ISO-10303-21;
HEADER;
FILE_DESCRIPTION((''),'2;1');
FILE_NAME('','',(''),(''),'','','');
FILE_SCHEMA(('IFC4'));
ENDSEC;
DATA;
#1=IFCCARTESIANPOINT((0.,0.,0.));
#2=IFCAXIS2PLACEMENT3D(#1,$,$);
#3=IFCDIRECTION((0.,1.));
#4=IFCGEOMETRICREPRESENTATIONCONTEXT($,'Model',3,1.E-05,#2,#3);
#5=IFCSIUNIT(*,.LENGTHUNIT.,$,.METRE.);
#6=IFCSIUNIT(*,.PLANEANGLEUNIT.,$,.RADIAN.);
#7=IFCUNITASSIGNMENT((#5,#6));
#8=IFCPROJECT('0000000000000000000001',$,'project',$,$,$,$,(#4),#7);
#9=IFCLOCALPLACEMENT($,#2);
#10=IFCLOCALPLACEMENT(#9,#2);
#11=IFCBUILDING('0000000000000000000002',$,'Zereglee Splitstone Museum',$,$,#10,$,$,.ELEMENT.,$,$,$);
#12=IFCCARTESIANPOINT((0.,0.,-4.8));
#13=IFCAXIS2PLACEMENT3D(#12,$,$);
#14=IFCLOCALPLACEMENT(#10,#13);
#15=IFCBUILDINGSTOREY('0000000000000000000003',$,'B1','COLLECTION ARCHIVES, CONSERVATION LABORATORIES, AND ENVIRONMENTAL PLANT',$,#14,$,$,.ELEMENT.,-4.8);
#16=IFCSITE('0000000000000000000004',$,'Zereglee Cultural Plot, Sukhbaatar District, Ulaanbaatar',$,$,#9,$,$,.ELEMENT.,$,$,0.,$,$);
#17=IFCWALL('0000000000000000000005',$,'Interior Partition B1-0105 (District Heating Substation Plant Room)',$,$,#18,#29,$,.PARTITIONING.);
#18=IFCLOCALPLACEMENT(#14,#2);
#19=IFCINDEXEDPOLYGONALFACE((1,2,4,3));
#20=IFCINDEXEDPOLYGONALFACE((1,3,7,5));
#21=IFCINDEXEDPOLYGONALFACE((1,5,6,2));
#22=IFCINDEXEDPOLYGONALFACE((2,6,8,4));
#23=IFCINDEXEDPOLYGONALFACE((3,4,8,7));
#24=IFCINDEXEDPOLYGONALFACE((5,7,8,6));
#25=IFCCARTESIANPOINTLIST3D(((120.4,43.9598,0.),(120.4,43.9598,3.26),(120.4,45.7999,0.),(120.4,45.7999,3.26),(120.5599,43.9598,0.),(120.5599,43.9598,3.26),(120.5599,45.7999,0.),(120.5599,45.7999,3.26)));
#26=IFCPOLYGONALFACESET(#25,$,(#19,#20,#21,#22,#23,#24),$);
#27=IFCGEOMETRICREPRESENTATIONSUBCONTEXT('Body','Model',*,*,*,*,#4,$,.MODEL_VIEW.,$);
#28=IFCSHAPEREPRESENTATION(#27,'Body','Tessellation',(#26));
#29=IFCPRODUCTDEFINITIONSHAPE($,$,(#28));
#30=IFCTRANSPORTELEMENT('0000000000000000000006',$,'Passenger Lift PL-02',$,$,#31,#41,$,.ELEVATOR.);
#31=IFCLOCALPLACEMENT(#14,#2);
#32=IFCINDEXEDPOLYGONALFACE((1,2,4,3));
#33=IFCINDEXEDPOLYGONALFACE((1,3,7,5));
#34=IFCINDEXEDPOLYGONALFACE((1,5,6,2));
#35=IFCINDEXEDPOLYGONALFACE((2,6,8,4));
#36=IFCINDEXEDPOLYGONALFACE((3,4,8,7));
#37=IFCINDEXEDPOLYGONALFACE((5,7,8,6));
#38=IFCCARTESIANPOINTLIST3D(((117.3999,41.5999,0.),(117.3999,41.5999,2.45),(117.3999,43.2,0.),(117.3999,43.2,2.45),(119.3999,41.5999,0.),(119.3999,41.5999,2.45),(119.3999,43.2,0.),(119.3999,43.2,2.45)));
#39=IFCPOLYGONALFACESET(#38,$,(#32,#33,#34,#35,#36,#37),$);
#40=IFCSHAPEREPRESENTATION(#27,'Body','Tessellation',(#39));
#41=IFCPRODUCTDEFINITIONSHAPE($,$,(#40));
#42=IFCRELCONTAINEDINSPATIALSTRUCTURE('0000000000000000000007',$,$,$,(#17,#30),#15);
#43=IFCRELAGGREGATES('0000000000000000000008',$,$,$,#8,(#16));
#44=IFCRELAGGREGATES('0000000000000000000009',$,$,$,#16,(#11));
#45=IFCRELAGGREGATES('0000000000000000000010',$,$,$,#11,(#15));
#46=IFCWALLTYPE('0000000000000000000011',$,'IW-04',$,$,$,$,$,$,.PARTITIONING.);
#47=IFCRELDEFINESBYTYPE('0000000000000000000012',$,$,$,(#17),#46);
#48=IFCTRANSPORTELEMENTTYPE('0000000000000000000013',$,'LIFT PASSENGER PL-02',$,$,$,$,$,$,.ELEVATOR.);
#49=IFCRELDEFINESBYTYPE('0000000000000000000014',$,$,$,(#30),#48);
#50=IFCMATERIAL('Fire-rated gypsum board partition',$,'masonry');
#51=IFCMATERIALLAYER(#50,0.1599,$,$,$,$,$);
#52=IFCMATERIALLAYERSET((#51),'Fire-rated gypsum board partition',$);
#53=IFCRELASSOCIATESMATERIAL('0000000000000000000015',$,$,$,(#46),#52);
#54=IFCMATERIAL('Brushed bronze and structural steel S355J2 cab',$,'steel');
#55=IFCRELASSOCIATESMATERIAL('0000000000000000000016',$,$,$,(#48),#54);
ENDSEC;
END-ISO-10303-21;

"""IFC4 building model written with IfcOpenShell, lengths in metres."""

from ifc_helpers import new_model, si_unit, direction, frame, frame_2d, origin, origin_2d, place, context, subcontext, project, spatial, rectangle, extrude, material, layer, layer_set, type_object, element, save


model = new_model("IFC4")

# Units and contexts
model_context = context("Model", 3, precision=1e-05, world=origin(), true_north=direction((0.0, 1.0)))
body_context = subcontext(model_context, "Body", "Model", "MODEL_VIEW")
ifc_project = project(units=[si_unit("LENGTHUNIT", "METRE"), si_unit("PLANEANGLEUNIT", "RADIAN")], contexts=[model_context])

# Site, building, storey
site_placement = place(None, origin())
site = spatial("IfcSite", under=ifc_project, at=site_placement, Name="Zereglee Cultural Plot, Sukhbaatar District, Ulaanbaatar", CompositionType="ELEMENT", RefElevation=0.0)
building_placement = place(site_placement, origin())
building = spatial("IfcBuilding", under=site, at=building_placement, Name="Zereglee Splitstone Museum", CompositionType="ELEMENT")
storey_placement = place(building_placement, frame((0.0, 0.0, -4.8)))
storey = spatial("IfcBuildingStorey", under=building, at=storey_placement, Name="B1", Description="COLLECTION ARCHIVES, CONSERVATION LABORATORIES, AND ENVIRONMENTAL PLANT", CompositionType="ELEMENT", Elevation=-4.8)

# Wall
ifc_material_1 = material(Name="Fire-rated gypsum board partition", Category="masonry")
ifc_layer_1 = layer(ifc_material_1, 0.1599)
ifc_layer_set_1 = layer_set([ifc_layer_1], Name="Fire-rated gypsum board partition")
wall_type_1 = type_object("IfcWallType", Name="IW-04", PredefinedType="PARTITIONING", material=ifc_layer_set_1)
for number, where, z_axis, x_axis, name in (
    (1, (120.48, 43.96, 0.0), (0.0, 0.0, 1.0), (0.0, 1.0, 0.0), "Interior Partition B1-0105 (District Heating Substation Plant Room)"),
):
    element("IfcWall", number, at=place(storey_placement, frame(where, z_axis=z_axis, x_axis=x_axis)), inside=storey, type_object=wall_type_1, Name=name, PredefinedType="PARTITIONING", context=body_context, shape_type="SweptSolid", body=[
        extrude(rectangle(XDim=1.8401, YDim=0.1599, at=frame_2d((0.9199, 0.0))), origin(), (0.0, 0.0, 1.0), 3.26),
    ])

# Transport element
ifc_material_2 = material(Name="Brushed bronze and structural steel S355J2 cab", Category="steel")
transport_element_type = type_object("IfcTransportElementType", Name="LIFT PASSENGER PL-02", PredefinedType="ELEVATOR", material=ifc_material_2)
transport_element_placement = place(storey_placement, frame((118.3999, 42.3999, 0.0), z_axis=(0.0, 0.0, 1.0), x_axis=(1.0, 0.0, 0.0)))
element("IfcTransportElement", 2, at=transport_element_placement, inside=storey, type_object=transport_element_type, Name="Passenger Lift PL-02", PredefinedType="ELEVATOR", context=body_context, shape_type="SweptSolid", body=[
    extrude(rectangle(XDim=2.0, YDim=1.6001, at=origin_2d()), origin(), (0.0, 0.0, 1.0), 2.45),
])

save(model, "model.ifc")
